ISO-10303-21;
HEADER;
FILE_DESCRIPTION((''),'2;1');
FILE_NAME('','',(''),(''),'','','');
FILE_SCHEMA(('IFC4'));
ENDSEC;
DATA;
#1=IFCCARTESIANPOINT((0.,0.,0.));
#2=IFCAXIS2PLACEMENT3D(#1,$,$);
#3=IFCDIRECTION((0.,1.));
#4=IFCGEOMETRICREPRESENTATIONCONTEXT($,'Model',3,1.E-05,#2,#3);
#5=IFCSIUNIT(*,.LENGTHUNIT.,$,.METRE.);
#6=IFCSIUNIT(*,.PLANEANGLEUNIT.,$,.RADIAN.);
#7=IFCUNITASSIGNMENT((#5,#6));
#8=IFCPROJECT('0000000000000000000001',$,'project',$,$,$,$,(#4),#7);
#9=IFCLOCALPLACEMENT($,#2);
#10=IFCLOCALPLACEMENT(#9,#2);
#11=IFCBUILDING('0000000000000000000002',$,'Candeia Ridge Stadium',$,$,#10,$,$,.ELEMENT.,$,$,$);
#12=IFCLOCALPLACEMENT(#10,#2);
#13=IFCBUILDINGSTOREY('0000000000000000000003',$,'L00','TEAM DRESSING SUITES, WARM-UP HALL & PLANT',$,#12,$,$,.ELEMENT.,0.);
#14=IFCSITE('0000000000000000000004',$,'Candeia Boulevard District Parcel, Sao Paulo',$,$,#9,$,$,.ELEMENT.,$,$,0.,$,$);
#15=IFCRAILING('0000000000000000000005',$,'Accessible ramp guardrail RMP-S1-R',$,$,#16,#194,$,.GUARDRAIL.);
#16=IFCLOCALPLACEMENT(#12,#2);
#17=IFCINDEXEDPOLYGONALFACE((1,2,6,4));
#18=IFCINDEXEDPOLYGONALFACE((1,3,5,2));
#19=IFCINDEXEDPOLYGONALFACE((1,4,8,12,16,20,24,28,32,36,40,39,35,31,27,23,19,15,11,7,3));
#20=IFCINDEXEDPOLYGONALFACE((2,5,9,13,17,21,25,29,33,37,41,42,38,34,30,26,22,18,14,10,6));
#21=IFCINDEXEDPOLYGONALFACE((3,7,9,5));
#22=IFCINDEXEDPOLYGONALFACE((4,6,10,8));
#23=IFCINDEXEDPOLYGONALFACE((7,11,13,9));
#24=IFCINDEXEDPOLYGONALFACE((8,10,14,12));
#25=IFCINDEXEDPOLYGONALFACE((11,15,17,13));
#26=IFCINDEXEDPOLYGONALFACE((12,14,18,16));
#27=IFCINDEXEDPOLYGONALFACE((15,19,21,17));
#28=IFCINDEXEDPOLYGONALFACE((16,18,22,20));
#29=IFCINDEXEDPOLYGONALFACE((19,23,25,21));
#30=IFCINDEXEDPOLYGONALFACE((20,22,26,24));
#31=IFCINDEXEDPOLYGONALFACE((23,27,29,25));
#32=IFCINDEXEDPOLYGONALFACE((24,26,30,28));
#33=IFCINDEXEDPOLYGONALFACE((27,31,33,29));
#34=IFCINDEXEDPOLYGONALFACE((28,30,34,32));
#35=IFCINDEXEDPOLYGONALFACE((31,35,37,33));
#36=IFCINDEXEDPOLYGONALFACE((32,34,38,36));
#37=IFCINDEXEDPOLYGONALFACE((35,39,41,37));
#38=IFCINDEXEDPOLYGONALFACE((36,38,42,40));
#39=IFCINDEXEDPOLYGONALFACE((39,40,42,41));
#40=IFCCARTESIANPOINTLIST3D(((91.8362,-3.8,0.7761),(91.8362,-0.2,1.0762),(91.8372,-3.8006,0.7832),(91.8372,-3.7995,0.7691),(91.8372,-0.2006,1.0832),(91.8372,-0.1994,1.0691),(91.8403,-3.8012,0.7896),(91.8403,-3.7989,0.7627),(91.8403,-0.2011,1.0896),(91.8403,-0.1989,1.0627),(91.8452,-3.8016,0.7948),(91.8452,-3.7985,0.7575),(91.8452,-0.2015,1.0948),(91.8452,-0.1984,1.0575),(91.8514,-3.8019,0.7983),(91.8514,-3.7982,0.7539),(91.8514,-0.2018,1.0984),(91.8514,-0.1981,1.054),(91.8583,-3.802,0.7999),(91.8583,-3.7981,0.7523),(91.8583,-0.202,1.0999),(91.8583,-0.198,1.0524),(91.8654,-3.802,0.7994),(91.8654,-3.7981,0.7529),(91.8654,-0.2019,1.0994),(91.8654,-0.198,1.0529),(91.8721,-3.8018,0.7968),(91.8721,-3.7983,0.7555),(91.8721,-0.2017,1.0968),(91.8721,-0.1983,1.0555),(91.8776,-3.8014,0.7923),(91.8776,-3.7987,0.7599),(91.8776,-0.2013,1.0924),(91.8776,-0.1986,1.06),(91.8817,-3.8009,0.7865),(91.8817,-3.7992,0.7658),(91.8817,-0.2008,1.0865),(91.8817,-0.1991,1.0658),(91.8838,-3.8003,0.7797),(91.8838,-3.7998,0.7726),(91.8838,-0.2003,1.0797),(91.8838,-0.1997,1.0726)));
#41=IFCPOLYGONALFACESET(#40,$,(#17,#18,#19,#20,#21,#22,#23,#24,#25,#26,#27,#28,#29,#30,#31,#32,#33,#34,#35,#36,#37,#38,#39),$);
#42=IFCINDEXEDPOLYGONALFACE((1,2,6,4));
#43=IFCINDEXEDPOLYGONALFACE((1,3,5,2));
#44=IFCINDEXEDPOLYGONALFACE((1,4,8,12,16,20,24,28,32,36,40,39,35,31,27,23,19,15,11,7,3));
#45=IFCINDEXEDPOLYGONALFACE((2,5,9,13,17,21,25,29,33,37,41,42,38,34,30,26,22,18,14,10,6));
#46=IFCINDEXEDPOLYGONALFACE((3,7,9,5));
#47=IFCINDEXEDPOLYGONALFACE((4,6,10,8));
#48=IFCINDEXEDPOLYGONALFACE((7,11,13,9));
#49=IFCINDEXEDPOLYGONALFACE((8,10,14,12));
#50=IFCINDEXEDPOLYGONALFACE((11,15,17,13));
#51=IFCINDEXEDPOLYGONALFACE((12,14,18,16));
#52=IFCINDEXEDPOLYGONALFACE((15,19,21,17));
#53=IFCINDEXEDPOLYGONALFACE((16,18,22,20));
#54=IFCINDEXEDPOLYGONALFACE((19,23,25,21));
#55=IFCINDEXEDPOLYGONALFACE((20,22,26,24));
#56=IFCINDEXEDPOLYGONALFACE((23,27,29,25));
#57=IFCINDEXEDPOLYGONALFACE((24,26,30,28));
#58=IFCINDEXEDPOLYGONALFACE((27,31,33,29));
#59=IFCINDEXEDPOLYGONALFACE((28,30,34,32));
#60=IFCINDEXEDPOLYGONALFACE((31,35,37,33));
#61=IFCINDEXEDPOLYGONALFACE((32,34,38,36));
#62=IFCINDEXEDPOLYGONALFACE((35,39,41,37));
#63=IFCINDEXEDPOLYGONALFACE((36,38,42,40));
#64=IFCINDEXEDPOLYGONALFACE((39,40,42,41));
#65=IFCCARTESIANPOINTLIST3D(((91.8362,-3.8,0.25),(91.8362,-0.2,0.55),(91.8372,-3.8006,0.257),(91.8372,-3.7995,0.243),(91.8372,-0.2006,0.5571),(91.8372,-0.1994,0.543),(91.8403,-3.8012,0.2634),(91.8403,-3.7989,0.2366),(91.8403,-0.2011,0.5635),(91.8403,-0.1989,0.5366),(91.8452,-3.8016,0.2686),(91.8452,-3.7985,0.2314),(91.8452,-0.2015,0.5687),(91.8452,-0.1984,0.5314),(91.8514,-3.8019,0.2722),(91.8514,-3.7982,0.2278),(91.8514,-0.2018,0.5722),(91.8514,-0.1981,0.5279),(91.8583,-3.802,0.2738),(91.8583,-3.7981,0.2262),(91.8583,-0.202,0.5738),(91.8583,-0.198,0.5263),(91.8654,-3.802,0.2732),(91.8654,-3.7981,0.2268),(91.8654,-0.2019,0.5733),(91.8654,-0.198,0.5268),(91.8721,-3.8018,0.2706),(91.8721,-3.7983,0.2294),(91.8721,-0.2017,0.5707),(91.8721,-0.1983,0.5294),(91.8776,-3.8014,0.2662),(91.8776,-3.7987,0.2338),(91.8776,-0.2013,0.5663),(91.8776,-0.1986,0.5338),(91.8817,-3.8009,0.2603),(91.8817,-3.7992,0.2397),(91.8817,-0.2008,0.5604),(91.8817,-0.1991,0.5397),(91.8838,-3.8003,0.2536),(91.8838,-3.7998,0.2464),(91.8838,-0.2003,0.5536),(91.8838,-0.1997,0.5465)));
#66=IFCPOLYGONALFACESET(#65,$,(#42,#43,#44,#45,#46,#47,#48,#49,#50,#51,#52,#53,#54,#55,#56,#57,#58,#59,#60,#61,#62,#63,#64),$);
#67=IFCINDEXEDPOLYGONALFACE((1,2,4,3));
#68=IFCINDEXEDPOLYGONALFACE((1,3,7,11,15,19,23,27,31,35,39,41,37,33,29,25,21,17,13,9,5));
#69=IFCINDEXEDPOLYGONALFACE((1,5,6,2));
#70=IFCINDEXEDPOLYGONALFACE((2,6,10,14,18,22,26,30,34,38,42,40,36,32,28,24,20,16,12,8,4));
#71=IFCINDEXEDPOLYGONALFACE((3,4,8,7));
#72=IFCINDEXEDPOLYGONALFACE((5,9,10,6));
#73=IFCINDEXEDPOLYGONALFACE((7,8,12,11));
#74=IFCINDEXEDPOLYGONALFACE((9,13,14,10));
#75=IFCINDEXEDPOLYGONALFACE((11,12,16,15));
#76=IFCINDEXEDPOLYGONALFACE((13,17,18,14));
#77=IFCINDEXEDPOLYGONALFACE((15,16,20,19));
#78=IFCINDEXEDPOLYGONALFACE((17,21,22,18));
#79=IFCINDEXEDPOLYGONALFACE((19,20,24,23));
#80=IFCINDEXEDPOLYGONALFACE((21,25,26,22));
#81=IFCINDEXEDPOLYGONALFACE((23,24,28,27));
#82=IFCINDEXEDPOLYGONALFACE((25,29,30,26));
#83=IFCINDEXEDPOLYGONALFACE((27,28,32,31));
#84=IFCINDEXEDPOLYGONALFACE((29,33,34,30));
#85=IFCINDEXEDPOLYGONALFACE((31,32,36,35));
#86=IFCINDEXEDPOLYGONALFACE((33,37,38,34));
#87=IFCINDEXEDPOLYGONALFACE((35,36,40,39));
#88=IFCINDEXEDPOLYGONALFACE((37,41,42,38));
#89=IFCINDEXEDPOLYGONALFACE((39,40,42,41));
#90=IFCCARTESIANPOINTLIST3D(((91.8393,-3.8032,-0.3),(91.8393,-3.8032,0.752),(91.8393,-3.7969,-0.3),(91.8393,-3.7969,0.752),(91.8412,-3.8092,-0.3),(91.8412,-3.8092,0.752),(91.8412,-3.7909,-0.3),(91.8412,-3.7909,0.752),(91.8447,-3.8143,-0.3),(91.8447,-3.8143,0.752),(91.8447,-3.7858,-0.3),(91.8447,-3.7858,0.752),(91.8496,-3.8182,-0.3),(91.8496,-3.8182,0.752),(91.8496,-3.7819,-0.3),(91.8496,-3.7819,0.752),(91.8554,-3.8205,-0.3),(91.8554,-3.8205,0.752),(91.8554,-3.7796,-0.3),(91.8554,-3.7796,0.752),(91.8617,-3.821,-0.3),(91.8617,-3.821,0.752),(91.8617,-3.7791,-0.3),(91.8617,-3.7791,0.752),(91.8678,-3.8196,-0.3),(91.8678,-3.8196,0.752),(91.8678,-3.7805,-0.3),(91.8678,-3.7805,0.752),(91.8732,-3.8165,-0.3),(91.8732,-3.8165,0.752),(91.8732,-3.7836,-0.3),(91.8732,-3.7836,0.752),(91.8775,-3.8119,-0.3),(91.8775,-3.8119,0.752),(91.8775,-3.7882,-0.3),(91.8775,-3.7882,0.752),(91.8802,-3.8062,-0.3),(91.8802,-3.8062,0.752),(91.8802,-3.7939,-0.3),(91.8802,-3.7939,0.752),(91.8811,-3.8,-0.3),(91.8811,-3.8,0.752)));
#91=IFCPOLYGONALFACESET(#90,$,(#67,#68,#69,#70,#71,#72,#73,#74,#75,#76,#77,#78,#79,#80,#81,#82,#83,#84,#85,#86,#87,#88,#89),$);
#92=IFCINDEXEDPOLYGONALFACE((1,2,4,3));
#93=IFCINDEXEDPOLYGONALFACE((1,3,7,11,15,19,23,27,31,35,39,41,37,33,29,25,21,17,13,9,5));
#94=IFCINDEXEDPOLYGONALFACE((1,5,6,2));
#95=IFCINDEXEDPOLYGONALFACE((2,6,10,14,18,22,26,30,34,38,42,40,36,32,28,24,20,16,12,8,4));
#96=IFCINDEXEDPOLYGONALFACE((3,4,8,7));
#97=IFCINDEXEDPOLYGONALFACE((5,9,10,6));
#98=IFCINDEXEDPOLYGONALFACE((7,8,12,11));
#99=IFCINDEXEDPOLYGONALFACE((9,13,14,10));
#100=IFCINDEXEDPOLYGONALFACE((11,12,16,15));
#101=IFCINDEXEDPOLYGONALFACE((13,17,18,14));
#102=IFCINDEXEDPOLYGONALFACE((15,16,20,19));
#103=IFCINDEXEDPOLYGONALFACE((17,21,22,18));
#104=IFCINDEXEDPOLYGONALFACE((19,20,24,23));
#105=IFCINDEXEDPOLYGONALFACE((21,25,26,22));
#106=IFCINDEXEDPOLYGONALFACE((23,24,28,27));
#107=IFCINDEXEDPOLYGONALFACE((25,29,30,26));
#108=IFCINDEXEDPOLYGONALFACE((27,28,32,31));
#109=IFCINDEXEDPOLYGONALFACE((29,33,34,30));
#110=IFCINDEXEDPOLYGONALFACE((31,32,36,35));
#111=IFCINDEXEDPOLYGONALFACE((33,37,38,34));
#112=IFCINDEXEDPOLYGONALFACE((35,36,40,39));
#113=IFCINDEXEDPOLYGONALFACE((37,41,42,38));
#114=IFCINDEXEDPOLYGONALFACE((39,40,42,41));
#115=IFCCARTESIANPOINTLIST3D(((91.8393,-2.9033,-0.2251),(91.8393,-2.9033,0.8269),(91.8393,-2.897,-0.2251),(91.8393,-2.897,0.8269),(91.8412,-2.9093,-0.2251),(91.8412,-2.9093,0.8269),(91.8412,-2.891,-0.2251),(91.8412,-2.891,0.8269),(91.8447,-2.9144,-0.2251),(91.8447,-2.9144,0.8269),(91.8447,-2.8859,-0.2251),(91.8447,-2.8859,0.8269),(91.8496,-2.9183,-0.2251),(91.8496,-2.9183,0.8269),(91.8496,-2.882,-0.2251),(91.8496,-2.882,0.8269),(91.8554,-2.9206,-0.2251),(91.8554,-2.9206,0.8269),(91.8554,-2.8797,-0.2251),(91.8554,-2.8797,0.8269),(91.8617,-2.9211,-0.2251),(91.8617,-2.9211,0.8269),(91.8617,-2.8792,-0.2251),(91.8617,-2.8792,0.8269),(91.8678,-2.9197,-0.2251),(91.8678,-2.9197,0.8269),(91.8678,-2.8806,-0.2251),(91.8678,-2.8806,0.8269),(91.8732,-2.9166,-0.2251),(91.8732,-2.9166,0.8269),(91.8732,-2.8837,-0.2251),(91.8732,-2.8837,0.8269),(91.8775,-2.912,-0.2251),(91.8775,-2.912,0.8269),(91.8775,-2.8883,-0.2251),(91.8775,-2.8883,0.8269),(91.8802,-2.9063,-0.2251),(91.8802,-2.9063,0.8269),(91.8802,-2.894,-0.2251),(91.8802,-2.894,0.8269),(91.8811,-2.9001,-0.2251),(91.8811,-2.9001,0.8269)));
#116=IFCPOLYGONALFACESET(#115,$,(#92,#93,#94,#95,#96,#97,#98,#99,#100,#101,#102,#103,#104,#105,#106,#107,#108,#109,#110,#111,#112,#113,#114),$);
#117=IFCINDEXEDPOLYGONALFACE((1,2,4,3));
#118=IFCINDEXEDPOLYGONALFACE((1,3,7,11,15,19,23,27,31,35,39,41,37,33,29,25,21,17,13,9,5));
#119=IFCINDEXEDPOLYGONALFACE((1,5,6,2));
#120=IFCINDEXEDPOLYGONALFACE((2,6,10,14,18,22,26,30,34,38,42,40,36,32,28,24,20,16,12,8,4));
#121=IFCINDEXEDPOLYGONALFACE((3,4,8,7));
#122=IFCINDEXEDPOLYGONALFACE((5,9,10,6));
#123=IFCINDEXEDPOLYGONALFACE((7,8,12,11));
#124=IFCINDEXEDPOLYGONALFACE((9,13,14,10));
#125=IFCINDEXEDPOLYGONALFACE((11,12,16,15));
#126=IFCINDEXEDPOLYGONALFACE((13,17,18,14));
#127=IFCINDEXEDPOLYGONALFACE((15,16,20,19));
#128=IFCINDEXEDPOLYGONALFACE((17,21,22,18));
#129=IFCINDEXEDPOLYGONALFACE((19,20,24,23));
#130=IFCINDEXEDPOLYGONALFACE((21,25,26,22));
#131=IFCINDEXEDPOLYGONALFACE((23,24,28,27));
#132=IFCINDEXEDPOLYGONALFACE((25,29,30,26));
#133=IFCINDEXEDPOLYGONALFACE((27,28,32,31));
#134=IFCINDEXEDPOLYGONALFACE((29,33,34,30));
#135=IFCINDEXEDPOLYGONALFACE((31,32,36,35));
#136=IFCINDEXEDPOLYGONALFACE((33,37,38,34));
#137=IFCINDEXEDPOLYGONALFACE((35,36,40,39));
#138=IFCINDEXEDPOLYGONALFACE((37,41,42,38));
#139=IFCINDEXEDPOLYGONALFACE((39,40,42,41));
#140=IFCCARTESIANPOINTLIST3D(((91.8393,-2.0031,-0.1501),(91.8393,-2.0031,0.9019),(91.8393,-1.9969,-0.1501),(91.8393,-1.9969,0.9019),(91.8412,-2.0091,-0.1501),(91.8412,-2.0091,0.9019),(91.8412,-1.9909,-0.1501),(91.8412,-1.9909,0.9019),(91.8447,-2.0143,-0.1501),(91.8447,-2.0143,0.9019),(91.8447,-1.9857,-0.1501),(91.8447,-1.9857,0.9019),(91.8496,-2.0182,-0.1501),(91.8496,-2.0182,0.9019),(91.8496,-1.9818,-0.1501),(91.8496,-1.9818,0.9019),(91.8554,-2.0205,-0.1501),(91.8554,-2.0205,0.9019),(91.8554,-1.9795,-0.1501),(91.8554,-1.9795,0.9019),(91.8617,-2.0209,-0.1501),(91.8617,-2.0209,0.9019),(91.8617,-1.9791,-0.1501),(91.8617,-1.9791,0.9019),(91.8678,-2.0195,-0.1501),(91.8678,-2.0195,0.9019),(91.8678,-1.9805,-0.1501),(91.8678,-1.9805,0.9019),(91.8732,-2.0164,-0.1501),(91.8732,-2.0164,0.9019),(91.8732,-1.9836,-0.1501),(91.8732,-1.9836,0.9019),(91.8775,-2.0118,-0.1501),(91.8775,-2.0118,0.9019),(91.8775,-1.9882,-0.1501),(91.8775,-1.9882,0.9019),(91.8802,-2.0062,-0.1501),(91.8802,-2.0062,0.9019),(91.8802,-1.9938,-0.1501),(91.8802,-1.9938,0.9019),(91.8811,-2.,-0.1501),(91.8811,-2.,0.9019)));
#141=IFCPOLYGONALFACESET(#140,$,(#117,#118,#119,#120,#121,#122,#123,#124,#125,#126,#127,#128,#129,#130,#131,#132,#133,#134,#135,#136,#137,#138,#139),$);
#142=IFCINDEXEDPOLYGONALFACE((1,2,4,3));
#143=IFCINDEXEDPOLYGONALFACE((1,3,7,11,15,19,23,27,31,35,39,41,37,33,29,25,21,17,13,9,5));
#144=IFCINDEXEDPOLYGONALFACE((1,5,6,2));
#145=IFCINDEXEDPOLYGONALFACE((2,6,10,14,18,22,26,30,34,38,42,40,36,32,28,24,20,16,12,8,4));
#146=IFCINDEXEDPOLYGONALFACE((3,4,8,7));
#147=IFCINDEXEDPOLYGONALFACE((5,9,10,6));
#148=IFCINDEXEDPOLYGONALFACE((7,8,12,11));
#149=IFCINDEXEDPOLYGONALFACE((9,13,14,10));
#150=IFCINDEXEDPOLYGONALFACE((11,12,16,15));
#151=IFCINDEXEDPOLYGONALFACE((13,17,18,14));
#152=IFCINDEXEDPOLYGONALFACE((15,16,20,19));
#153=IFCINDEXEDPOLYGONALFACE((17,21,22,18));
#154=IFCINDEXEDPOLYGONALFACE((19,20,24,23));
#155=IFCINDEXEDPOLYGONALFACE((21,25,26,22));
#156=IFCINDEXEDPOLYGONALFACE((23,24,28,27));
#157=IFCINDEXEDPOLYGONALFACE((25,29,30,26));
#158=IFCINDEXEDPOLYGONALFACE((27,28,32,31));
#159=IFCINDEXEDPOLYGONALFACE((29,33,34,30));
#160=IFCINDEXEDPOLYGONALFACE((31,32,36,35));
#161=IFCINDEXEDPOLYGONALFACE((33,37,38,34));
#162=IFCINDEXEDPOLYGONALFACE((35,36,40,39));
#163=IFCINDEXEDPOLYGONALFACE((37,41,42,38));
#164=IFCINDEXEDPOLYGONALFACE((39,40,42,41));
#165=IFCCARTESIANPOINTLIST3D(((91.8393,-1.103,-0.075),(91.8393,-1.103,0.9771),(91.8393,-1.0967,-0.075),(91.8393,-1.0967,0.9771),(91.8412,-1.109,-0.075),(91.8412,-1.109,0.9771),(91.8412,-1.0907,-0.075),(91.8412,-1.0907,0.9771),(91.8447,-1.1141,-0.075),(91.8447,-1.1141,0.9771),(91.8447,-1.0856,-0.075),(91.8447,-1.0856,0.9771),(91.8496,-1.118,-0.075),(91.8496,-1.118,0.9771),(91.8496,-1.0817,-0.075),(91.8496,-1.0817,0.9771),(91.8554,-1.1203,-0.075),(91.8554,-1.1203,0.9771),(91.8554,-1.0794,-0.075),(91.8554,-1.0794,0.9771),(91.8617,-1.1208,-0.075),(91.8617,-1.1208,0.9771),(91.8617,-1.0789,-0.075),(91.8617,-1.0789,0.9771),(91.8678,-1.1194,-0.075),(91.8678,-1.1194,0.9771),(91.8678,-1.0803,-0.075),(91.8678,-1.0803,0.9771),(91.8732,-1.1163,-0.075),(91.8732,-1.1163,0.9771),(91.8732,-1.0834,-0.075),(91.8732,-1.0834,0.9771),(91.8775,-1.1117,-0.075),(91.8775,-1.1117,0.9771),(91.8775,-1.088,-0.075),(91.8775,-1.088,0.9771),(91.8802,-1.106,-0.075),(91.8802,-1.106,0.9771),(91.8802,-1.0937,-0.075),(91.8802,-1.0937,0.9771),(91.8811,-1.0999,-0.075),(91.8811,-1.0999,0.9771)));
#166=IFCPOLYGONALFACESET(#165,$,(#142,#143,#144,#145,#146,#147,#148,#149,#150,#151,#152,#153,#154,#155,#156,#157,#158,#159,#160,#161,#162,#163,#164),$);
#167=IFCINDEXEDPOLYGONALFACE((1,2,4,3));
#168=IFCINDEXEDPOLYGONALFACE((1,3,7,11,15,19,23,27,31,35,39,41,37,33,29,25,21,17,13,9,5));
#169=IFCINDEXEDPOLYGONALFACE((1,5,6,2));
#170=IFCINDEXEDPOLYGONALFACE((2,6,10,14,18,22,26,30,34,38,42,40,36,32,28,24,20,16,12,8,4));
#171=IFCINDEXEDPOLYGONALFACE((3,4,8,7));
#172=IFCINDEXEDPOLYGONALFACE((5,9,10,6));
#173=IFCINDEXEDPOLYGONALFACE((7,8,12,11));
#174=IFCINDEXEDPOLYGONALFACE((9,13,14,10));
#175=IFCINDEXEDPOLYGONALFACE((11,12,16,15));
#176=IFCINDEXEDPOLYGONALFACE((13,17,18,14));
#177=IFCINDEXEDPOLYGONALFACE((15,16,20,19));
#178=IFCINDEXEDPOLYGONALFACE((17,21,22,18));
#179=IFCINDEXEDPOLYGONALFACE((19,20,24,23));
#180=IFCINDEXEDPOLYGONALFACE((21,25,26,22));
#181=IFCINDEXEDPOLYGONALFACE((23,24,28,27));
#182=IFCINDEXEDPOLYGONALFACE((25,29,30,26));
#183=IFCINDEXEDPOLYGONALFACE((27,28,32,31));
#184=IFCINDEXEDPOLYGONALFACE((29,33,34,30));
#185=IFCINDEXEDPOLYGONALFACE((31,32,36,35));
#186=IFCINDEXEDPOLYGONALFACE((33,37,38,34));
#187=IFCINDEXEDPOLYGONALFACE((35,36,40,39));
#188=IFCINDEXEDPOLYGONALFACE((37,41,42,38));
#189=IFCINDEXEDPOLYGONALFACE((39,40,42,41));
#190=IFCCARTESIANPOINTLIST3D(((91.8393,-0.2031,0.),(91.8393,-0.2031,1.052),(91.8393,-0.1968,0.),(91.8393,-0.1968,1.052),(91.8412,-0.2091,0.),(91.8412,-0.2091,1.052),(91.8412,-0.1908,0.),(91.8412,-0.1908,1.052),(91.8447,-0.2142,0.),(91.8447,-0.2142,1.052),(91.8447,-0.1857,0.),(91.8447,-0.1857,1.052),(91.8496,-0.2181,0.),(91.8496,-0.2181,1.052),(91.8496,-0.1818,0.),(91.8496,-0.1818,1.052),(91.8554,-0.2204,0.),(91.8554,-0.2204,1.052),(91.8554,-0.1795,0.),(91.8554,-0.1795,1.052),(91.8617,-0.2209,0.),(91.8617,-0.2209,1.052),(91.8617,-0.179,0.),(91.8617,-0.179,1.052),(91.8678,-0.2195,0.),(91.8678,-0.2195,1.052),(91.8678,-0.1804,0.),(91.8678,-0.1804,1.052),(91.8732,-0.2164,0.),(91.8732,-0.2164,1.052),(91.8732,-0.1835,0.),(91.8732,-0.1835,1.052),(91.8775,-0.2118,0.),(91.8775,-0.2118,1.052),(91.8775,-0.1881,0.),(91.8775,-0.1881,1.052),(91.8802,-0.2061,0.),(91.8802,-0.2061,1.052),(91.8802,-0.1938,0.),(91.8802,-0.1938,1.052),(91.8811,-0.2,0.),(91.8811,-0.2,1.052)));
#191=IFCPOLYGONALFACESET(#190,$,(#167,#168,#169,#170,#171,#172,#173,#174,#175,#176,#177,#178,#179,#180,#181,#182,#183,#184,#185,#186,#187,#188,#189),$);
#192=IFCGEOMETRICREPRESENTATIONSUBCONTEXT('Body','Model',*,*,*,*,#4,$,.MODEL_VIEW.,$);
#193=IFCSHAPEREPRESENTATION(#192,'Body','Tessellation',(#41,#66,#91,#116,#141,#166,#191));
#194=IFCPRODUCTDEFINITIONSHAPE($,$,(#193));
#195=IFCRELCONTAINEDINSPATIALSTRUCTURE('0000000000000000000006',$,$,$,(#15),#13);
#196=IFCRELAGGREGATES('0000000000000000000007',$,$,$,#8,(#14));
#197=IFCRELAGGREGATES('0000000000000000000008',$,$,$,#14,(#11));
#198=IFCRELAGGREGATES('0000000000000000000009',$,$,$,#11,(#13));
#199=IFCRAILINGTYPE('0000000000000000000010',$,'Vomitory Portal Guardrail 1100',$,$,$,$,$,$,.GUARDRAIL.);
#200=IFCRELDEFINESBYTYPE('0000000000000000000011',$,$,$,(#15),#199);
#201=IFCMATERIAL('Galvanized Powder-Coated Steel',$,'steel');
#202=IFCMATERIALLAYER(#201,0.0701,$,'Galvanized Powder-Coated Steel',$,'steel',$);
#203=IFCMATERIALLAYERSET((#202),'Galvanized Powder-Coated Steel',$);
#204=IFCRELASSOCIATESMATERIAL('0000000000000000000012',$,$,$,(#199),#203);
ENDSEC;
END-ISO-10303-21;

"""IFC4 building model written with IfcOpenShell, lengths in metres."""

from ifc_helpers import new_model, si_unit, direction, frame, origin, origin_2d, place, context, subcontext, project, spatial, circle, extrude, material, layer, layer_set, type_object, element, save


model = new_model("IFC4")

# Units and contexts
model_context = context("Model", 3, precision=1e-05, world=origin(), true_north=direction((0.0, 1.0)))
body_context = subcontext(model_context, "Body", "Model", "MODEL_VIEW")
ifc_project = project(units=[si_unit("LENGTHUNIT", "METRE"), si_unit("PLANEANGLEUNIT", "RADIAN")], contexts=[model_context])

# Site, building, storey
site_placement = place(None, origin())
site = spatial("IfcSite", under=ifc_project, at=site_placement, Name="Candeia Boulevard District Parcel, Sao Paulo", CompositionType="ELEMENT", RefElevation=0.0)
building_placement = place(site_placement, origin())
building = spatial("IfcBuilding", under=site, at=building_placement, Name="Candeia Ridge Stadium", CompositionType="ELEMENT")
storey_placement = place(building_placement, origin())
storey = spatial("IfcBuildingStorey", under=building, at=storey_placement, Name="L00", Description="TEAM DRESSING SUITES, WARM-UP HALL & PLANT", CompositionType="ELEMENT", Elevation=0.0)

# Railing
ifc_material_1 = material(Name="Galvanized Powder-Coated Steel", Category="steel")
ifc_layer_1 = layer(ifc_material_1, 0.0701, Name="Galvanized Powder-Coated Steel", Category="steel")
ifc_layer_set_1 = layer_set([ifc_layer_1], Name="Galvanized Powder-Coated Steel")
railing_type_1 = type_object("IfcRailingType", Name="Vomitory Portal Guardrail 1100", PredefinedType="GUARDRAIL", material=ifc_layer_set_1)
railing_1_placement = place(storey_placement, frame((91.8601, -3.8, -0.3)))
element("IfcRailing", 1, at=railing_1_placement, inside=storey, type_object=railing_type_1, Name="Accessible ramp guardrail RMP-S1-R", PredefinedType="GUARDRAIL", context=body_context, shape_type="SweptSolid", body=[
    extrude(circle(Radius=0.0239, at=origin_2d()), frame((0.0, 0.0, 1.0762), z_axis=(0.0, 0.996545, 0.083057), x_axis=(-1.0, 0.0, 0.0)), (0.0, 0.0, 1.0), 3.6125),
    extrude(circle(Radius=0.0239, at=origin_2d()), frame((0.0, 0.0, 0.55), z_axis=(0.0, 0.996545, 0.083057), x_axis=(-1.0, 0.0, 0.0)), (0.0, 0.0, 1.0), 3.6125),
    extrude(circle(Radius=0.021, at=origin_2d()), origin(), (0.0, 0.0, 1.0), 1.052),
    extrude(circle(Radius=0.021, at=origin_2d()), frame((0.0, 0.8999, 0.075)), (0.0, 0.0, 1.0), 1.052),
    extrude(circle(Radius=0.021, at=origin_2d()), frame((0.0, 1.8, 0.1499)), (0.0, 0.0, 1.0), 1.052),
    extrude(circle(Radius=0.021, at=origin_2d()), frame((0.0, 2.7002, 0.2251)), (0.0, 0.0, 1.0), 1.052),
    extrude(circle(Radius=0.021, at=origin_2d()), frame((0.0, 3.6001, 0.3)), (0.0, 0.0, 1.0), 1.052),
])

save(model, "model.ifc")
